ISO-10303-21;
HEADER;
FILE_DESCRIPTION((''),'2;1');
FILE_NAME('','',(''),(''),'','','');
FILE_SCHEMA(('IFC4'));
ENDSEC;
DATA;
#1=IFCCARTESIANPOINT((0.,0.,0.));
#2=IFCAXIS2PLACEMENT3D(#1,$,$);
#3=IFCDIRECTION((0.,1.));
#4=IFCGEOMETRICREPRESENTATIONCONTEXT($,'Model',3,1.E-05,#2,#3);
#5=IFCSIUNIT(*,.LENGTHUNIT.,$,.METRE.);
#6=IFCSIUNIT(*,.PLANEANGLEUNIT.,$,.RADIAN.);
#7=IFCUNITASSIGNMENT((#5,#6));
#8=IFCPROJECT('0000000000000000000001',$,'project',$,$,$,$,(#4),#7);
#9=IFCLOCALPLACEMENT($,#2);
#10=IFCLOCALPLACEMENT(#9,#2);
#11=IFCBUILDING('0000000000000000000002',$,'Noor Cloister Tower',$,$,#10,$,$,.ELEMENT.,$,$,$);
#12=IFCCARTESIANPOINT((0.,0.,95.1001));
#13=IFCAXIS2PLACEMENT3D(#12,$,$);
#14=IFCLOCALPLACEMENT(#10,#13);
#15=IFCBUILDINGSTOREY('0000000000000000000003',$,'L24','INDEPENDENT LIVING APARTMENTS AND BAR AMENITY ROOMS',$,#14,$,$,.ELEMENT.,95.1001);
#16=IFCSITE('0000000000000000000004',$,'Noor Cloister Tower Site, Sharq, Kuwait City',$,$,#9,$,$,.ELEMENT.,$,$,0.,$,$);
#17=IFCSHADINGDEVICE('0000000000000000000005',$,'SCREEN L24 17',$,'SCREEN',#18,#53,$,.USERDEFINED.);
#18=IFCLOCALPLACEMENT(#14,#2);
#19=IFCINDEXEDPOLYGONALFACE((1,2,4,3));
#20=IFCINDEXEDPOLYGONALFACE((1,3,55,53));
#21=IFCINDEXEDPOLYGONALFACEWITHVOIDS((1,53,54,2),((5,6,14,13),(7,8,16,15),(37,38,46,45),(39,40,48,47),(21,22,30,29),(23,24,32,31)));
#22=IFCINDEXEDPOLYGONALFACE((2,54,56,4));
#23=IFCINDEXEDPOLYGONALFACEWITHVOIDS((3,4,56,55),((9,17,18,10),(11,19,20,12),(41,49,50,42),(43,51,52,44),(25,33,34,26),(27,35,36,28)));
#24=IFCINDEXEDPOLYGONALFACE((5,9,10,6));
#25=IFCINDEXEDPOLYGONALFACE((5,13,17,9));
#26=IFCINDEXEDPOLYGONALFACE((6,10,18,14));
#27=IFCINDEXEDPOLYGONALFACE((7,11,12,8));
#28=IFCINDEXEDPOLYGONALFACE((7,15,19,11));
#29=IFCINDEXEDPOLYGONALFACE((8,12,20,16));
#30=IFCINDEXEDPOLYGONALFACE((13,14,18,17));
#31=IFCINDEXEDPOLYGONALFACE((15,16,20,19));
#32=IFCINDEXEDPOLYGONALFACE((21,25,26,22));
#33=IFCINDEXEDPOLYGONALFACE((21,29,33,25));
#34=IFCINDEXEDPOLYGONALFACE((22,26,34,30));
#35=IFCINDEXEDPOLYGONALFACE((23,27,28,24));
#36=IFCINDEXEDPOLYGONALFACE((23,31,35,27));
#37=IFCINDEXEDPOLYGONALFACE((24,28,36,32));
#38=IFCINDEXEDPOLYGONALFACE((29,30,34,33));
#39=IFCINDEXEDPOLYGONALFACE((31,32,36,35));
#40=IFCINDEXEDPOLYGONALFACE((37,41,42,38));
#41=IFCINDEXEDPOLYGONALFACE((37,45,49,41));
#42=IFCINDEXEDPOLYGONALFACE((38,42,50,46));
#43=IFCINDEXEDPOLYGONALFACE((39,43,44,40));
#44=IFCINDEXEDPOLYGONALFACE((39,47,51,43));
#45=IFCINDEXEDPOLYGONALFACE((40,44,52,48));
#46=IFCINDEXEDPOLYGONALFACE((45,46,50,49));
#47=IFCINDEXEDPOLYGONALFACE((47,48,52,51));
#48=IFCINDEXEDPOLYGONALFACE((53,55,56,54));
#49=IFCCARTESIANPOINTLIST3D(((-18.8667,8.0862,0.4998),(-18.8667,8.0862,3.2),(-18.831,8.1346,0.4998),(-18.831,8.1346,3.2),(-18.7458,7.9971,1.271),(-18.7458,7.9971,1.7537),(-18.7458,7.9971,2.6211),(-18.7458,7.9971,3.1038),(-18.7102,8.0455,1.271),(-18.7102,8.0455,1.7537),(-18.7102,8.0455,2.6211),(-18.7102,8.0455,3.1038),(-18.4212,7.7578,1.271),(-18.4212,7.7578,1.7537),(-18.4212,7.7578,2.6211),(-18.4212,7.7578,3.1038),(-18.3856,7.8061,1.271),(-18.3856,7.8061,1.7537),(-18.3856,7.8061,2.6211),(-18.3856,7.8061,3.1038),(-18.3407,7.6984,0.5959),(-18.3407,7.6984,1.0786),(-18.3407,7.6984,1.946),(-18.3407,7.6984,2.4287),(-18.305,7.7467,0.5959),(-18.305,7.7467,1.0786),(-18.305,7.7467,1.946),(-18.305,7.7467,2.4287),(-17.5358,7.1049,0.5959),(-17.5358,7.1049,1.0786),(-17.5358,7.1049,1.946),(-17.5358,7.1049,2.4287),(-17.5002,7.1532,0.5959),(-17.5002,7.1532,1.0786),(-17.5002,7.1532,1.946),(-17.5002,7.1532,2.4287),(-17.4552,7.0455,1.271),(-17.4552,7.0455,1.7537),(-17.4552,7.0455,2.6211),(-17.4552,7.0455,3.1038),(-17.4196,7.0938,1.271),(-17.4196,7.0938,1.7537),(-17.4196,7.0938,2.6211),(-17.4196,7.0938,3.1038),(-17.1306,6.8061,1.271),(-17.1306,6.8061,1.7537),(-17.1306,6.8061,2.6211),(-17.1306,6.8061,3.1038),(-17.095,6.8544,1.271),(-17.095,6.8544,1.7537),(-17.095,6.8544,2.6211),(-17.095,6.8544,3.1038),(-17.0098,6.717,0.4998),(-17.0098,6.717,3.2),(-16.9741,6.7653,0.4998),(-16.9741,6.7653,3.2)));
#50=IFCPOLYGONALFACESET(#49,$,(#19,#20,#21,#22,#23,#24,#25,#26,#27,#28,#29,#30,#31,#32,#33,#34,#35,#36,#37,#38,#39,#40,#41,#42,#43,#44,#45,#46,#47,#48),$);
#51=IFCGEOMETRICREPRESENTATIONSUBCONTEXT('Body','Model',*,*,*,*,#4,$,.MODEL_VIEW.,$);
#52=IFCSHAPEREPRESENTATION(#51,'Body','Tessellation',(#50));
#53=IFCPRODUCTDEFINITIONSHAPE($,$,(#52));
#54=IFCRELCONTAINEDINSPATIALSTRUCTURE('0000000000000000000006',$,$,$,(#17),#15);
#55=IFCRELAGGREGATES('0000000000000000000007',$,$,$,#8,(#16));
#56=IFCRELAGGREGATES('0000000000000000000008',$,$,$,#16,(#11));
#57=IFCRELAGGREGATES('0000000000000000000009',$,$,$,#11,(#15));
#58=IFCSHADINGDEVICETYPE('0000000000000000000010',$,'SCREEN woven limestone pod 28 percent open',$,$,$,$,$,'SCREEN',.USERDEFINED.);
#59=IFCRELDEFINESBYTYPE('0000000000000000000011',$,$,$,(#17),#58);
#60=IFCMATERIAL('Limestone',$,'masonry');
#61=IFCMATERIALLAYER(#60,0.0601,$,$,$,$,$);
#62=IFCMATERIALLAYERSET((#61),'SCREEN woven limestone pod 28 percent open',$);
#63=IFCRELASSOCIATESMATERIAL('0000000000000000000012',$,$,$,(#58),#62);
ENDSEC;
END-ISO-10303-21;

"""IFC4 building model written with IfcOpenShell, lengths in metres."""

from ifc_helpers import new_model, si_unit, direction, frame, origin, place, context, subcontext, project, spatial, polyline, outline, extrude, material, layer, layer_set, type_object, element, save


model = new_model("IFC4")

# Units and contexts
model_context = context("Model", 3, precision=1e-05, world=origin(), true_north=direction((0.0, 1.0)))
body_context = subcontext(model_context, "Body", "Model", "MODEL_VIEW")
ifc_project = project(units=[si_unit("LENGTHUNIT", "METRE"), si_unit("PLANEANGLEUNIT", "RADIAN")], contexts=[model_context])

# Site, building, storey
site_placement = place(None, origin())
site = spatial("IfcSite", under=ifc_project, at=site_placement, Name="Noor Cloister Tower Site, Sharq, Kuwait City", CompositionType="ELEMENT", RefElevation=0.0)
building_placement = place(site_placement, origin())
building = spatial("IfcBuilding", under=site, at=building_placement, Name="Noor Cloister Tower", CompositionType="ELEMENT")
storey_placement = place(building_placement, frame((0.0, 0.0, 95.1001)))
storey = spatial("IfcBuildingStorey", under=building, at=storey_placement, Name="L24", Description="INDEPENDENT LIVING APARTMENTS AND BAR AMENITY ROOMS", CompositionType="ELEMENT", Elevation=95.1001)

# Shading device
ifc_material_1 = material(Name="Limestone", Category="masonry")
ifc_layer_1 = layer(ifc_material_1, 0.0601)
ifc_layer_set_1 = layer_set([ifc_layer_1], Name="SCREEN woven limestone pod 28 percent open")
shading_device_type_1 = type_object("IfcShadingDeviceType", Name="SCREEN woven limestone pod 28 percent open", ElementType="SCREEN", PredefinedType="USERDEFINED", material=ifc_layer_set_1)
shading_device_1_placement = place(storey_placement, frame((-17.9026, 7.45, 1.8499), z_axis=(-0.593476, -0.804851, 0.0), x_axis=(0.804851, -0.593476, 0.0)))
element("IfcShadingDevice", 1, at=shading_device_1_placement, inside=storey, type_object=shading_device_type_1, Name="SCREEN L24 17", ObjectType="SCREEN", PredefinedType="USERDEFINED", context=body_context, shape_type="SweptSolid", body=[
    extrude(outline(polyline([(-1.1536, -1.3501), (1.1536, -1.3501), (1.1536, 1.3501), (-1.1536, 1.3501), (-1.1536, -1.3501)]), holes=[polyline([(-0.5, -1.2539), (0.5, -1.2539), (0.5, -0.7712), (-0.5, -0.7712), (-0.5, -1.2539)]), polyline([(0.6001, -0.5789), (1.0034, -0.5789), (1.0034, -0.0962), (0.6001, -0.0962), (0.6001, -0.5789)]), polyline([(-1.0034, -0.5789), (-0.6001, -0.5789), (-0.6001, -0.0962), (-1.0034, -0.0962), (-1.0034, -0.5789)]), polyline([(-0.5, 0.0962), (0.5, 0.0962), (0.5, 0.5789), (-0.5, 0.5789), (-0.5, 0.0962)]), polyline([(0.6001, 0.7712), (1.0034, 0.7712), (1.0034, 1.2539), (0.6001, 1.2539), (0.6001, 0.7712)]), polyline([(-1.0034, 0.7712), (-0.6001, 0.7712), (-0.6001, 1.2539), (-1.0034, 1.2539), (-1.0034, 0.7712)])]), origin(), (0.0, 0.0, 1.0), 0.0601),
])

save(model, "model.ifc")
